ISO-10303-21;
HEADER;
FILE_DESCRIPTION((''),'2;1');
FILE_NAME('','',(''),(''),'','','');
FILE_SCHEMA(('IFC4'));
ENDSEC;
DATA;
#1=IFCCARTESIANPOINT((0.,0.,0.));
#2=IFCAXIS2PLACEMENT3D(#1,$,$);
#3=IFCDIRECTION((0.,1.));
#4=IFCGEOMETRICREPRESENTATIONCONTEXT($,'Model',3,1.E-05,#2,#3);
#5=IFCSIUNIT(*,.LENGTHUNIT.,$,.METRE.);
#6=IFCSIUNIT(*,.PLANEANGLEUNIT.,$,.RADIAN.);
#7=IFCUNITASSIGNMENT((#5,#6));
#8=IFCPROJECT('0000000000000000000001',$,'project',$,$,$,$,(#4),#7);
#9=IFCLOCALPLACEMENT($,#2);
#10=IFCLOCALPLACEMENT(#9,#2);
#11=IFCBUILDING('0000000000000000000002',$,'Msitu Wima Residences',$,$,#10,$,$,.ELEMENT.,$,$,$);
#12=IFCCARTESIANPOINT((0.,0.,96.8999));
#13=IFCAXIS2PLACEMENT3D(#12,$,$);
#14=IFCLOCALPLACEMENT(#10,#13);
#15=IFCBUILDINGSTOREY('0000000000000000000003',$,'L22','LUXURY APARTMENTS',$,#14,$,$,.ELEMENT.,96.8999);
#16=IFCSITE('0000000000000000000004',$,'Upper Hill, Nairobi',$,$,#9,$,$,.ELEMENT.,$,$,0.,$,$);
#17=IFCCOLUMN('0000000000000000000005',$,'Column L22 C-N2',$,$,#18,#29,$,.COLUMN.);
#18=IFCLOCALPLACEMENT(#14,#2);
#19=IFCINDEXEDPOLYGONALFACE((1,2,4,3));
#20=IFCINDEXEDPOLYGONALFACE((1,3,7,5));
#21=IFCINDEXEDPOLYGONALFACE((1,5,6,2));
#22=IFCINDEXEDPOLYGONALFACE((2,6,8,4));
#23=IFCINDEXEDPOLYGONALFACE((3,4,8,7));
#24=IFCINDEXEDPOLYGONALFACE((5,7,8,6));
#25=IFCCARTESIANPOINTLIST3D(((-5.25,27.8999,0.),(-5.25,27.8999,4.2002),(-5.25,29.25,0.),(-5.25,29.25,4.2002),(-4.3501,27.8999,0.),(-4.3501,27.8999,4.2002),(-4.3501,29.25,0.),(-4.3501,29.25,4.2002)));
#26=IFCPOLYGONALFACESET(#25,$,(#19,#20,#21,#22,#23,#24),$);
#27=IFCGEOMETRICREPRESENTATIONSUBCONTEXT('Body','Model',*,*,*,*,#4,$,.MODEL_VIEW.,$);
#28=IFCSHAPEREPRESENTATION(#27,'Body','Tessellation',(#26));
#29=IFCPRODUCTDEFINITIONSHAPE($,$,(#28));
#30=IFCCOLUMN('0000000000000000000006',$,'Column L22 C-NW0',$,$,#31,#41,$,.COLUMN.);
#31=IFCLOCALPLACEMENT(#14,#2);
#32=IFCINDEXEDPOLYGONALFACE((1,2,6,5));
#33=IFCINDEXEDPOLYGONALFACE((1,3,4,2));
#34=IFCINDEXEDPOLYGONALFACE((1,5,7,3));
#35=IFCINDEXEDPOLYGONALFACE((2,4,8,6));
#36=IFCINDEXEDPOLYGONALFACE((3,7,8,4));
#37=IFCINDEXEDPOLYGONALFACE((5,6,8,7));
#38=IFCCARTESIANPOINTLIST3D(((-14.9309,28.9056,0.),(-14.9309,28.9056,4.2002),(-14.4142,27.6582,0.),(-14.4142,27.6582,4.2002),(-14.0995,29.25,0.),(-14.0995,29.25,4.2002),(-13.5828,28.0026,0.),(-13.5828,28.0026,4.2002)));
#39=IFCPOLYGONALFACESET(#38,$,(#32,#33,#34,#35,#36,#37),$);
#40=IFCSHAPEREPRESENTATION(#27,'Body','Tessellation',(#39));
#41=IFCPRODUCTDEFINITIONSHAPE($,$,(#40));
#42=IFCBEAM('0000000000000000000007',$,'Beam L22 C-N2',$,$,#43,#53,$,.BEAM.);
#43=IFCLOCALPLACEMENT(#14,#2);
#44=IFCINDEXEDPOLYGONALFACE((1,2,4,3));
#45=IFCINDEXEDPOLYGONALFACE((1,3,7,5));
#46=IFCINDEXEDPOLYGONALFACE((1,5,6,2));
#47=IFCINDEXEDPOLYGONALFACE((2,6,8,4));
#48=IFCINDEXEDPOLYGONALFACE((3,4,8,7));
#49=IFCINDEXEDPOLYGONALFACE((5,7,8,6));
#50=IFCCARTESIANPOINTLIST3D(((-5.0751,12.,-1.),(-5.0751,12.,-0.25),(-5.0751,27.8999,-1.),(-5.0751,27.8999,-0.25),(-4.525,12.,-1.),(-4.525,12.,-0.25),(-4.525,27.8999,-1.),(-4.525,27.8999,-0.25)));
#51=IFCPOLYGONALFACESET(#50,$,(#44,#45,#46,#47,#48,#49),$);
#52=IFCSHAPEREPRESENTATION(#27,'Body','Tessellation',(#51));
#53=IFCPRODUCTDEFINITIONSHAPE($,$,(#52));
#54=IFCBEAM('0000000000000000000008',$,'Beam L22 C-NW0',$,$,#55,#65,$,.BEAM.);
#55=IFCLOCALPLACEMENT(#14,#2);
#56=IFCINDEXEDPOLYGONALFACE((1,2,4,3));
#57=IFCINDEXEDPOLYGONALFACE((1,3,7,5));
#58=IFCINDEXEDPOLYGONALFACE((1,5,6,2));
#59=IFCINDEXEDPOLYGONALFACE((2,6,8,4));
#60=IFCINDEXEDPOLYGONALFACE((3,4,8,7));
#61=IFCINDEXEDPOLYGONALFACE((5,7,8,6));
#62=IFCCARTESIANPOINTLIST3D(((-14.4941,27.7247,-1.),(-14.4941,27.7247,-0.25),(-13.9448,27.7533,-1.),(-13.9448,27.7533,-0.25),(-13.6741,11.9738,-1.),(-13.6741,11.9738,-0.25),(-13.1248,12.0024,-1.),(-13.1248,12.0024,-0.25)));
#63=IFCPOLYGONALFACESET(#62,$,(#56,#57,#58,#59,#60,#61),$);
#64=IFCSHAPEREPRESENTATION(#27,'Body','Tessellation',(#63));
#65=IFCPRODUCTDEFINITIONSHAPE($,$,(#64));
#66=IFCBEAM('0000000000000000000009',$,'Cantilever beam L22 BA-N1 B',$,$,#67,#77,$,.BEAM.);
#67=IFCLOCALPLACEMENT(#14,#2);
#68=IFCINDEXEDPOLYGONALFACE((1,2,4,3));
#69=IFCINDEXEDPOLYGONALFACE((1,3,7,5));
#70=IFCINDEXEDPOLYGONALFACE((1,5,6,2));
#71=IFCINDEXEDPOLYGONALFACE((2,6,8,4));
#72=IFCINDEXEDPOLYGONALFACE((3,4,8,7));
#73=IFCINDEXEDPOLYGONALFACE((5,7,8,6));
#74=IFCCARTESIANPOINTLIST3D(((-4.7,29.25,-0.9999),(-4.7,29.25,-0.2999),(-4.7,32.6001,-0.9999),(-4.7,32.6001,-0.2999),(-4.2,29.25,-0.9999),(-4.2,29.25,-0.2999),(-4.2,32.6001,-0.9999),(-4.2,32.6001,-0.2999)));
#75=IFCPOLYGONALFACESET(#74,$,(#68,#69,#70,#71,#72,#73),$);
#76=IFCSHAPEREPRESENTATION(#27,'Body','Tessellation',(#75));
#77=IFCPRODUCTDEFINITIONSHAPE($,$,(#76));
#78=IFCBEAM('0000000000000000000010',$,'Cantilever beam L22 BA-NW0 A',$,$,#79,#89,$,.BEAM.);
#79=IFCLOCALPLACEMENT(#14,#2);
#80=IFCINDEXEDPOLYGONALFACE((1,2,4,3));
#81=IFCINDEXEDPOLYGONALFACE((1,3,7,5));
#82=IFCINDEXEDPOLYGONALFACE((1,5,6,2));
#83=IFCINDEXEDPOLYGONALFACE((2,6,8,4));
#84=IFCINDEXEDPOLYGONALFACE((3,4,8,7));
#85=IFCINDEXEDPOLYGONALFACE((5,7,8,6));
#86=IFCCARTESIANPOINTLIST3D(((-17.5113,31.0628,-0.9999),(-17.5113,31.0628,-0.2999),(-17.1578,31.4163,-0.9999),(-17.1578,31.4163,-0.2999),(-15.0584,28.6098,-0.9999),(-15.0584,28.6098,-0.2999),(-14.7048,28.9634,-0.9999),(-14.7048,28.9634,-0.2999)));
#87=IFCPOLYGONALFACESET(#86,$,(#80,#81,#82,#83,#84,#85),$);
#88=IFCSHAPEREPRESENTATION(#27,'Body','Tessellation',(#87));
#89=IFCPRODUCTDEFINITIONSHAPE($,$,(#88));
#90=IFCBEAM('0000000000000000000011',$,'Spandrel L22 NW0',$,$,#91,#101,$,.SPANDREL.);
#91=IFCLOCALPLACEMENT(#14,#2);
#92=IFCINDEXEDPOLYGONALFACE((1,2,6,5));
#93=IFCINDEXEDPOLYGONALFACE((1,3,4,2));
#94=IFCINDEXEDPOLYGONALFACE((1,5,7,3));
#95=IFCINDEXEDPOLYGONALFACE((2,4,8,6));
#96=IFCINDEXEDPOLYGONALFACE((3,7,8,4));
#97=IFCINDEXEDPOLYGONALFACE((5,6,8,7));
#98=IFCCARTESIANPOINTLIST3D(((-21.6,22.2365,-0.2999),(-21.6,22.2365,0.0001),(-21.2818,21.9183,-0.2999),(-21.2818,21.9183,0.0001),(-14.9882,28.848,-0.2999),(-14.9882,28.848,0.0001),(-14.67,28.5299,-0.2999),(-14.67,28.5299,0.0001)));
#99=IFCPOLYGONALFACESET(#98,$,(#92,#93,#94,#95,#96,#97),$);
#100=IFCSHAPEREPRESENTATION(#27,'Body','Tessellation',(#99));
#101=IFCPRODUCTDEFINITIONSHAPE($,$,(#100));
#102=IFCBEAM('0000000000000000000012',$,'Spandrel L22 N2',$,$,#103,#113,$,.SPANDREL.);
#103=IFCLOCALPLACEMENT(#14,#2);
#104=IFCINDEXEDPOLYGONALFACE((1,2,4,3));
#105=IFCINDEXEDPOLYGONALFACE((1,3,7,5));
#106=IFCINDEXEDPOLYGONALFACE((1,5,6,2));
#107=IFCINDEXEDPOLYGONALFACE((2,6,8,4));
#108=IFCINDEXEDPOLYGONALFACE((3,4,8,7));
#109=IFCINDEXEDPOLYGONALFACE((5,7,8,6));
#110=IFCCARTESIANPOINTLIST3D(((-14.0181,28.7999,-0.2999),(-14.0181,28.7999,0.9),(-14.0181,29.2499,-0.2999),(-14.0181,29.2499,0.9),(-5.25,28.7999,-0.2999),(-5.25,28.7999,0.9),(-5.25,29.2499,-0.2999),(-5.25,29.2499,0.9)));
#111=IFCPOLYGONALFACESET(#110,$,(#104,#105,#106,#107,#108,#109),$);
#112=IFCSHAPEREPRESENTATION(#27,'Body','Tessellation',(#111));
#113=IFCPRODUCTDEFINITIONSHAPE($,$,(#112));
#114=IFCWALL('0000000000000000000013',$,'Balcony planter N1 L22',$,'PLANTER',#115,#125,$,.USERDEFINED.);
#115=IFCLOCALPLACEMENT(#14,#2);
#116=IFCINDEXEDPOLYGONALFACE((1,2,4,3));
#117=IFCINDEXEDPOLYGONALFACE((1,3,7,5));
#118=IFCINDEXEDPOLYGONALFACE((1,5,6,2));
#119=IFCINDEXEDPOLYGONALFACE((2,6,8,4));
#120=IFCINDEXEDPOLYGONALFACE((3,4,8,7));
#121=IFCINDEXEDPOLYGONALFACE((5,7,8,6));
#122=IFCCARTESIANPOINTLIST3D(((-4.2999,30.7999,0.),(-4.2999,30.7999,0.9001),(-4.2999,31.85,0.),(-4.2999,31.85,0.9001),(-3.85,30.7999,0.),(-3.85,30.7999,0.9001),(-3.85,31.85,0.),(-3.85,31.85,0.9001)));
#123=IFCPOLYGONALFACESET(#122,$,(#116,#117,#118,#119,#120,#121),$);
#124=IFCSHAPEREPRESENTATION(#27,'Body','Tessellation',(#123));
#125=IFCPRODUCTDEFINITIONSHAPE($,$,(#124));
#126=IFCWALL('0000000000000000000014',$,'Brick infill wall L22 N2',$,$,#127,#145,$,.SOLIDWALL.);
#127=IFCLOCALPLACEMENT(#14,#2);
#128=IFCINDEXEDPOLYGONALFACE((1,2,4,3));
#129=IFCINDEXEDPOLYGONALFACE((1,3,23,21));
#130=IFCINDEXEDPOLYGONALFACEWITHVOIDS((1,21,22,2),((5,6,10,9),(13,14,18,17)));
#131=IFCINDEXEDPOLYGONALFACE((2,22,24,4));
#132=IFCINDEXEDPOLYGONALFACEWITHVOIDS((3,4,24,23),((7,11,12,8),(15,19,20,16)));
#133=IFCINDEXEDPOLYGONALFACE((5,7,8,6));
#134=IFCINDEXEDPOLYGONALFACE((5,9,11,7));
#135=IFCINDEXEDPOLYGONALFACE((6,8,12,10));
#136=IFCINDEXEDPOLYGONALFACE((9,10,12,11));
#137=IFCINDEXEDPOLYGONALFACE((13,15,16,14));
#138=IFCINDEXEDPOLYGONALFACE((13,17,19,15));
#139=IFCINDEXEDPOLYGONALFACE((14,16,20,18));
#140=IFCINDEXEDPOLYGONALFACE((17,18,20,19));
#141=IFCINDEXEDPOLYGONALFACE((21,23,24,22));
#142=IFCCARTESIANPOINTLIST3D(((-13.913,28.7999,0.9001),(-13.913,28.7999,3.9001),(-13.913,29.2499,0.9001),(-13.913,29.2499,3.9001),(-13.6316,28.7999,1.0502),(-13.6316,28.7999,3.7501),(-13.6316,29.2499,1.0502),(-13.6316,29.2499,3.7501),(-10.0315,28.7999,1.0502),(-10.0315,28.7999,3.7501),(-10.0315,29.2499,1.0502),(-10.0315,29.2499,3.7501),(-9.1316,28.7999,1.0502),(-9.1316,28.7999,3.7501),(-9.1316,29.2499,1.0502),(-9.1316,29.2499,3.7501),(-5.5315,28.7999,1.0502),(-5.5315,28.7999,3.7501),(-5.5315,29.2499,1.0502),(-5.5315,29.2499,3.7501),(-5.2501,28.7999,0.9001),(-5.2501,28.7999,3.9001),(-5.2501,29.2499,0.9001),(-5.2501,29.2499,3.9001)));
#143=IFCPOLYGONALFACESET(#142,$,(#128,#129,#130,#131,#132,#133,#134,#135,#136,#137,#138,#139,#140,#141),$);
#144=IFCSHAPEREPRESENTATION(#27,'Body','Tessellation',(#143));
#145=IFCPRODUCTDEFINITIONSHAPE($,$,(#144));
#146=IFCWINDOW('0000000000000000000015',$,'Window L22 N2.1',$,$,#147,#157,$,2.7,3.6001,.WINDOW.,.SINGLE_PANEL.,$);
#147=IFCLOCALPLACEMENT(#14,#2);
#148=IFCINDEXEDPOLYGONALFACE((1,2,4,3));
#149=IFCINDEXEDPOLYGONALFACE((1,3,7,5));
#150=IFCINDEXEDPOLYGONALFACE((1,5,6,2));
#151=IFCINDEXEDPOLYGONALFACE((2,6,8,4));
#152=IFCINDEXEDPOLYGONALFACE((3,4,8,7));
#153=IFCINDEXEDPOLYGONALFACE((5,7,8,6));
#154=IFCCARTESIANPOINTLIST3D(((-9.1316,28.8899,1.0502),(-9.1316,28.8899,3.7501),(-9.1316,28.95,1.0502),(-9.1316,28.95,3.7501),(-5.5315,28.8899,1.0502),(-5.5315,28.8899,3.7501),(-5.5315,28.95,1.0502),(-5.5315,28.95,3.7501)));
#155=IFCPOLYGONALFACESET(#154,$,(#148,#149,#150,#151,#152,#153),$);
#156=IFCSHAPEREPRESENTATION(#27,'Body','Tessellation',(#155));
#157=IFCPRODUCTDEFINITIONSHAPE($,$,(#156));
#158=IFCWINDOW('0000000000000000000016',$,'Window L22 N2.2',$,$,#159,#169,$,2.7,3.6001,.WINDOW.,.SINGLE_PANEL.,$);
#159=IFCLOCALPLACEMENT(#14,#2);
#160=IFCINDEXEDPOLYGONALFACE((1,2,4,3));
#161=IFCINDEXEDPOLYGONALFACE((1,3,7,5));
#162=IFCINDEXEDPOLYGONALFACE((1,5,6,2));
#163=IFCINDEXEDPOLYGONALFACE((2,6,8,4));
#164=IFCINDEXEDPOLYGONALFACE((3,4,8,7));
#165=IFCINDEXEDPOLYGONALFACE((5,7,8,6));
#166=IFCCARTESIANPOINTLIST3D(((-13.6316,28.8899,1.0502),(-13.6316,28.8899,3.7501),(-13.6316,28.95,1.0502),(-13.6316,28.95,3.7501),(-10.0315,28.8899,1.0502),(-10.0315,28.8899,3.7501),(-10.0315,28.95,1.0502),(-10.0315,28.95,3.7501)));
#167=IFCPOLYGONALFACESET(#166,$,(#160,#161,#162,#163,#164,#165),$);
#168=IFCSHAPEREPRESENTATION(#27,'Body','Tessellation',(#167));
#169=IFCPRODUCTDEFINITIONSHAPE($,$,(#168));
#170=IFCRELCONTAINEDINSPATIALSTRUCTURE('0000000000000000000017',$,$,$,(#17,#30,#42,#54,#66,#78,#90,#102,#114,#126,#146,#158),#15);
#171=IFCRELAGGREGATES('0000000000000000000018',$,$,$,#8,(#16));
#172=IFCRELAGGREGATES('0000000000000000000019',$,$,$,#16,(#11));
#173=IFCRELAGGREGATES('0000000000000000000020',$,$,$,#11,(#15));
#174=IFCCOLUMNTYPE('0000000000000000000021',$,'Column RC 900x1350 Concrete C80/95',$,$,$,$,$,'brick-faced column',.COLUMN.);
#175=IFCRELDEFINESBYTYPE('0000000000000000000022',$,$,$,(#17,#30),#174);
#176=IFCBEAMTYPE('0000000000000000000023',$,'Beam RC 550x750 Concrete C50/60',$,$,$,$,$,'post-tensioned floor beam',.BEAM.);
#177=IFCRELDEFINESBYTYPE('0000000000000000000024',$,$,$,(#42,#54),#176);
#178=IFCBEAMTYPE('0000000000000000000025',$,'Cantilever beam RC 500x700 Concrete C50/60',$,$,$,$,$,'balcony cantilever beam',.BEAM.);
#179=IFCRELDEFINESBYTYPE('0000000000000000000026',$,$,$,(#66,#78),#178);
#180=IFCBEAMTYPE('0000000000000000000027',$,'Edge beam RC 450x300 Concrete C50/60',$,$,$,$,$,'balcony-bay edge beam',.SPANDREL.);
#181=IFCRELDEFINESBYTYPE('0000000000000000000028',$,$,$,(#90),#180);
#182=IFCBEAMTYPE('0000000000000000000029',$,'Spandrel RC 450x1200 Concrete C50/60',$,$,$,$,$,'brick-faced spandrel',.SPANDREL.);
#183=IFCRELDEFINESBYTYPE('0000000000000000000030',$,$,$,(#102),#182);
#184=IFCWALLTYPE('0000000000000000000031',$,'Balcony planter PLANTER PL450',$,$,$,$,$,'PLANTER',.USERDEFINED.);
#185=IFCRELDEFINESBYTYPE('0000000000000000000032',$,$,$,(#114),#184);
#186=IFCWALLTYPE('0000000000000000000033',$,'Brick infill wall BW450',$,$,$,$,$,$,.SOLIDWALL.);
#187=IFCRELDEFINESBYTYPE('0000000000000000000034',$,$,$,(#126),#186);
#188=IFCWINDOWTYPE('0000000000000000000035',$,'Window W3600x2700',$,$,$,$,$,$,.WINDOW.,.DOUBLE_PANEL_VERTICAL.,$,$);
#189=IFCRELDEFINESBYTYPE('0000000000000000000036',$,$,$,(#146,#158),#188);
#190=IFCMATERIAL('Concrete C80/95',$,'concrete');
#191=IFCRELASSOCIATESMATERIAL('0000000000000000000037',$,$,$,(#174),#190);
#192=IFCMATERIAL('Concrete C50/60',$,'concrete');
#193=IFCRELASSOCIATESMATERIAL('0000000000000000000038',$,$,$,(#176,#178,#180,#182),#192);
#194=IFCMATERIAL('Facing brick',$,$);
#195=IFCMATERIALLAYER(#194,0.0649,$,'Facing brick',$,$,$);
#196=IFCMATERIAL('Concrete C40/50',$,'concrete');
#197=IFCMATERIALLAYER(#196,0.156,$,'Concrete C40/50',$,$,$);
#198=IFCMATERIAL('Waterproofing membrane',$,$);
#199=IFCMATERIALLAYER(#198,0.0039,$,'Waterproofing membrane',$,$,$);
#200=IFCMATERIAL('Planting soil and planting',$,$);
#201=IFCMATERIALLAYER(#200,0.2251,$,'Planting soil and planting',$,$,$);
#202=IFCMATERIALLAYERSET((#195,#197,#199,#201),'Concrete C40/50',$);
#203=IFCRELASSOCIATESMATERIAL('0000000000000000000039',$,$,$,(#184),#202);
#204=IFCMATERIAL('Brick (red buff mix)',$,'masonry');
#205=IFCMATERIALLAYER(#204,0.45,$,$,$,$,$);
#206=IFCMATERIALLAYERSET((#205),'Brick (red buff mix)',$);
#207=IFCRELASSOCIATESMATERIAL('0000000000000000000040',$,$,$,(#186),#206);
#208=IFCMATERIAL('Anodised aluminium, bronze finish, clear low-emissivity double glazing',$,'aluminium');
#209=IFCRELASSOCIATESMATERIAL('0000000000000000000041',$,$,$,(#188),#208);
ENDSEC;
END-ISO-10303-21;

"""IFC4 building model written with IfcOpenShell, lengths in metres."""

from ifc_helpers import new_model, si_unit, direction, frame, frame_2d, origin, origin_2d, place, context, subcontext, project, spatial, rectangle, extrude, material, layer, layer_set, material_profile, profile_set, type_object, element, fill, save


model = new_model("IFC4")

# Units and contexts
model_context = context("Model", 3, precision=1e-05, world=origin(), true_north=direction((0.0, 1.0)))
body_context = subcontext(model_context, "Body", "Model", "MODEL_VIEW")
ifc_project = project(units=[si_unit("LENGTHUNIT", "METRE"), si_unit("PLANEANGLEUNIT", "RADIAN")], contexts=[model_context])

# Site, building, storey
site_placement = place(None, origin())
site = spatial("IfcSite", under=ifc_project, at=site_placement, Name="Upper Hill, Nairobi", CompositionType="ELEMENT", RefElevation=0.0)
building_placement = place(site_placement, origin())
building = spatial("IfcBuilding", under=site, at=building_placement, Name="Msitu Wima Residences", CompositionType="ELEMENT")
storey_placement = place(building_placement, frame((0.0, 0.0, 96.8999)))
storey = spatial("IfcBuildingStorey", under=building, at=storey_placement, Name="L22", Description="LUXURY APARTMENTS", CompositionType="ELEMENT", Elevation=96.8999)

# Columns
ifc_material_1 = material(Name="Concrete C80/95", Category="concrete")
ifc_material_profile_1 = material_profile(ifc_material_1, rectangle(XDim=0.8999, YDim=1.3501, at=origin_2d()), Name="RC 900x1350")
ifc_profile_set_1 = profile_set([ifc_material_profile_1], Name="Concrete C80/95")
column_type = type_object("IfcColumnType", Name="Column RC 900x1350 Concrete C80/95", ElementType="brick-faced column", PredefinedType="COLUMN", material=ifc_profile_set_1)
for number, where, z_axis, x_axis, name in (
    (1, (-4.8, 28.575, 0.0), (0.0, 0.0, 1.0), (-1.0, 0.0, 0.0), "Column L22 C-N2"),
    (2, (-14.2568, 28.4541, 0.0), (0.0, 0.0, 1.0), (-0.92388, -0.382683, 0.0), "Column L22 C-NW0"),
):
    element("IfcColumn", number, at=place(storey_placement, frame(where, z_axis=z_axis, x_axis=x_axis)), inside=storey, type_object=column_type, Name=name, PredefinedType="COLUMN", context=body_context, shape_type="SweptSolid", body=[
        extrude(rectangle(XDim=0.8999, YDim=1.3501, at=origin_2d()), origin(), (0.0, 0.0, 1.0), 4.2002),
    ])

# Beams
ifc_material_2 = material(Name="Concrete C50/60", Category="concrete")
ifc_material_profile_2 = material_profile(ifc_material_2, rectangle(XDim=0.55, YDim=0.75, at=origin_2d()), Name="RC 550x750")
ifc_profile_set_2 = profile_set([ifc_material_profile_2], Name="Concrete C50/60")
beam_type_1 = type_object("IfcBeamType", Name="Beam RC 550x750 Concrete C50/60", ElementType="post-tensioned floor beam", PredefinedType="BEAM", material=ifc_profile_set_2)
beam_1_placement = place(storey_placement, frame((-4.8, 27.8999, -0.625), z_axis=(0.0, -1.0, 0.0), x_axis=(1.0, 0.0, 0.0)))
element("IfcBeam", 3, at=beam_1_placement, inside=storey, type_object=beam_type_1, Name="Beam L22 C-N2", PredefinedType="BEAM", context=body_context, shape_type="SweptSolid", body=[
    extrude(rectangle(XDim=0.55, YDim=0.75, at=origin_2d()), origin(), (0.0, 0.0, 1.0), 15.8999),
])
beam_2_placement = place(storey_placement, frame((-14.2195, 27.739, -0.625), z_axis=(0.051994, -0.998647, 0.0), x_axis=(0.998647, 0.051994, 0.0)))
element("IfcBeam", 4, at=beam_2_placement, inside=storey, type_object=beam_type_1, Name="Beam L22 C-NW0", PredefinedType="BEAM", context=body_context, shape_type="SweptSolid", body=[
    extrude(rectangle(XDim=0.55, YDim=0.75, at=origin_2d()), origin(), (0.0, 0.0, 1.0), 15.7722),
])
ifc_material_profile_3 = material_profile(ifc_material_2, rectangle(XDim=0.5, YDim=0.7, at=origin_2d()), Name="RC 500x700")
ifc_profile_set_3 = profile_set([ifc_material_profile_3], Name="Concrete C50/60")
beam_type_2 = type_object("IfcBeamType", Name="Cantilever beam RC 500x700 Concrete C50/60", ElementType="balcony cantilever beam", PredefinedType="BEAM", material=ifc_profile_set_3)
beam_3_placement = place(storey_placement, frame((-4.45, 29.25, -0.6499), z_axis=(0.0, 1.0, 0.0), x_axis=(-1.0, 0.0, 0.0)))
element("IfcBeam", 5, at=beam_3_placement, inside=storey, type_object=beam_type_2, Name="Cantilever beam L22 BA-N1 B", PredefinedType="BEAM", context=body_context, shape_type="SweptSolid", body=[
    extrude(rectangle(XDim=0.5, YDim=0.7, at=origin_2d()), origin(), (0.0, 0.0, 1.0), 3.3501),
])
beam_4_placement = place(storey_placement, frame((-14.8816, 28.7866, -0.6499), z_axis=(-0.707107, 0.707107, 0.0), x_axis=(-0.707107, -0.707107, 0.0)))
element("IfcBeam", 6, at=beam_4_placement, inside=storey, type_object=beam_type_2, Name="Cantilever beam L22 BA-NW0 A", PredefinedType="BEAM", context=body_context, shape_type="SweptSolid", body=[
    extrude(rectangle(XDim=0.5, YDim=0.7, at=origin_2d()), origin(), (0.0, 0.0, 1.0), 3.469),
])
ifc_material_profile_4 = material_profile(ifc_material_2, rectangle(XDim=0.45, YDim=0.3, at=origin_2d()), Name="RC 450x300")
ifc_profile_set_4 = profile_set([ifc_material_profile_4], Name="Concrete C50/60")
beam_type_3 = type_object("IfcBeamType", Name="Edge beam RC 450x300 Concrete C50/60", ElementType="balcony-bay edge beam", PredefinedType="SPANDREL", material=ifc_profile_set_4)
beam_5_placement = place(storey_placement, frame((-14.8291, 28.689, -0.1499), z_axis=(-0.70712, -0.707094, 0.0), x_axis=(0.707094, -0.70712, 0.0)))
element("IfcBeam", 7, at=beam_5_placement, inside=storey, type_object=beam_type_3, Name="Spandrel L22 NW0", PredefinedType="SPANDREL", context=body_context, shape_type="SweptSolid", body=[
    extrude(rectangle(XDim=0.45, YDim=0.3, at=origin_2d()), origin(), (0.0, 0.0, 1.0), 9.3503),
])
ifc_material_profile_5 = material_profile(ifc_material_2, rectangle(XDim=0.45, YDim=1.2, at=origin_2d()), Name="RC 450x1200")
ifc_profile_set_5 = profile_set([ifc_material_profile_5], Name="Concrete C50/60")
beam_type_4 = type_object("IfcBeamType", Name="Spandrel RC 450x1200 Concrete C50/60", ElementType="brick-faced spandrel", PredefinedType="SPANDREL", material=ifc_profile_set_5)
beam_6_placement = place(storey_placement, frame((-5.25, 29.0249, 0.3), z_axis=(-1.0, 0.0, 0.0), x_axis=(0.0, -1.0, 0.0)))
element("IfcBeam", 8, at=beam_6_placement, inside=storey, type_object=beam_type_4, Name="Spandrel L22 N2", PredefinedType="SPANDREL", context=body_context, shape_type="SweptSolid", body=[
    extrude(rectangle(XDim=0.45, YDim=1.2, at=origin_2d()), origin(), (0.0, 0.0, 1.0), 8.7681),
])

# Wall
ifc_material_3 = material(Name="Facing brick")
ifc_layer_1 = layer(ifc_material_3, 0.0649, Name="Facing brick")
ifc_material_4 = material(Name="Concrete C40/50", Category="concrete")
ifc_layer_2 = layer(ifc_material_4, 0.156, Name="Concrete C40/50")
ifc_material_5 = material(Name="Waterproofing membrane")
ifc_layer_3 = layer(ifc_material_5, 0.0039, Name="Waterproofing membrane")
ifc_material_6 = material(Name="Planting soil and planting")
ifc_layer_4 = layer(ifc_material_6, 0.2251, Name="Planting soil and planting")
ifc_layer_set_1 = layer_set([ifc_layer_1, ifc_layer_2, ifc_layer_3, ifc_layer_4], Name="Concrete C40/50")
wall_type_1 = type_object("IfcWallType", Name="Balcony planter PLANTER PL450", ElementType="PLANTER", PredefinedType="USERDEFINED", material=ifc_layer_set_1)
wall_1_placement = place(storey_placement, frame((-4.075, 30.8, 0.0), z_axis=(0.0, 0.0, 1.0), x_axis=(0.0, 1.0, 0.0)))
element("IfcWall", 9, at=wall_1_placement, inside=storey, type_object=wall_type_1, Name="Balcony planter N1 L22", ObjectType="PLANTER", PredefinedType="USERDEFINED", context=body_context, shape_type="SweptSolid", body=[
    extrude(rectangle(XDim=1.05, YDim=0.45, at=frame_2d((0.5249, 0.0))), origin(), (0.0, 0.0, 1.0), 0.9001),
])

# Wall, openings, windows
ifc_material_7 = material(Name="Brick (red buff mix)", Category="masonry")
ifc_layer_5 = layer(ifc_material_7, 0.45)
ifc_layer_set_2 = layer_set([ifc_layer_5], Name="Brick (red buff mix)")
wall_type_2 = type_object("IfcWallType", Name="Brick infill wall BW450", PredefinedType="SOLIDWALL", material=ifc_layer_set_2)
wall_2_placement = place(storey_placement, frame((-5.25, 29.0249, 0.9001), z_axis=(0.0, 0.0, 1.0), x_axis=(-1.0, 0.0, 0.0)))
wall_2 = element("IfcWall", 10, at=wall_2_placement, inside=storey, type_object=wall_type_2, Name="Brick infill wall L22 N2", PredefinedType="SOLIDWALL", context=body_context, shape_type="SweptSolid", body=[
    extrude(rectangle(XDim=8.6628, YDim=0.45, at=frame_2d((4.3315, 0.0))), origin(), (0.0, 0.0, 1.0), 3.0),
])
opening_1_placement = place(wall_2_placement, frame((0.2815, 0.0, 0.1499)))
opening_1 = element("IfcOpeningElement", 11, at=opening_1_placement, cuts=wall_2, PredefinedType="OPENING", context=body_context, shape_type="SweptSolid", body=[
    extrude(rectangle(XDim=3.6001, YDim=2.7, at=frame_2d((1.8, 1.3501))), frame((0.0, 0.2349, 0.0), z_axis=(0.0, -1.0, 0.0), x_axis=(1.0, 0.0, 0.0)), (0.0, 0.0, 1.0), 0.47),
])
opening_2_placement = place(wall_2_placement, frame((4.7815, 0.0, 0.1499)))
opening_2 = element("IfcOpeningElement", 12, at=opening_2_placement, cuts=wall_2, PredefinedType="OPENING", context=body_context, shape_type="SweptSolid", body=[
    extrude(rectangle(XDim=3.6001, YDim=2.7, at=frame_2d((1.8, 1.3501))), frame((0.0, 0.2349, 0.0), z_axis=(0.0, -1.0, 0.0), x_axis=(1.0, 0.0, 0.0)), (0.0, 0.0, 1.0), 0.47),
])
ifc_material_8 = material(Name="Anodised aluminium, bronze finish, clear low-emissivity double glazing", Category="aluminium")
window_type = type_object("IfcWindowType", Name="Window W3600x2700", PartitioningType="DOUBLE_PANEL_VERTICAL", PredefinedType="WINDOW", material=ifc_material_8)
window_1_placement = place(opening_1_placement, origin())
window_1 = element("IfcWindow", 13, at=window_1_placement, inside=storey, type_object=window_type, Name="Window L22 N2.1", OverallHeight=2.7, OverallWidth=3.6001, PartitioningType="SINGLE_PANEL", PredefinedType="WINDOW", context=body_context, shape_type="SweptSolid", body=[
    extrude(rectangle(XDim=3.6001, YDim=2.7, at=frame_2d((1.8, 1.3501))), frame((0.0, 0.135, 0.0), z_axis=(0.0, -1.0, 0.0), x_axis=(1.0, 0.0, 0.0)), (0.0, 0.0, 1.0), 0.0601),
])
fill(opening_1, window_1)
window_2_placement = place(opening_2_placement, origin())
window_2 = element("IfcWindow", 14, at=window_2_placement, inside=storey, type_object=window_type, Name="Window L22 N2.2", OverallHeight=2.7, OverallWidth=3.6001, PartitioningType="SINGLE_PANEL", PredefinedType="WINDOW", context=body_context, shape_type="SweptSolid", body=[
    extrude(rectangle(XDim=3.6001, YDim=2.7, at=frame_2d((1.8, 1.3501))), frame((0.0, 0.135, 0.0), z_axis=(0.0, -1.0, 0.0), x_axis=(1.0, 0.0, 0.0)), (0.0, 0.0, 1.0), 0.0601),
])
fill(opening_2, window_2)

save(model, "model.ifc")
